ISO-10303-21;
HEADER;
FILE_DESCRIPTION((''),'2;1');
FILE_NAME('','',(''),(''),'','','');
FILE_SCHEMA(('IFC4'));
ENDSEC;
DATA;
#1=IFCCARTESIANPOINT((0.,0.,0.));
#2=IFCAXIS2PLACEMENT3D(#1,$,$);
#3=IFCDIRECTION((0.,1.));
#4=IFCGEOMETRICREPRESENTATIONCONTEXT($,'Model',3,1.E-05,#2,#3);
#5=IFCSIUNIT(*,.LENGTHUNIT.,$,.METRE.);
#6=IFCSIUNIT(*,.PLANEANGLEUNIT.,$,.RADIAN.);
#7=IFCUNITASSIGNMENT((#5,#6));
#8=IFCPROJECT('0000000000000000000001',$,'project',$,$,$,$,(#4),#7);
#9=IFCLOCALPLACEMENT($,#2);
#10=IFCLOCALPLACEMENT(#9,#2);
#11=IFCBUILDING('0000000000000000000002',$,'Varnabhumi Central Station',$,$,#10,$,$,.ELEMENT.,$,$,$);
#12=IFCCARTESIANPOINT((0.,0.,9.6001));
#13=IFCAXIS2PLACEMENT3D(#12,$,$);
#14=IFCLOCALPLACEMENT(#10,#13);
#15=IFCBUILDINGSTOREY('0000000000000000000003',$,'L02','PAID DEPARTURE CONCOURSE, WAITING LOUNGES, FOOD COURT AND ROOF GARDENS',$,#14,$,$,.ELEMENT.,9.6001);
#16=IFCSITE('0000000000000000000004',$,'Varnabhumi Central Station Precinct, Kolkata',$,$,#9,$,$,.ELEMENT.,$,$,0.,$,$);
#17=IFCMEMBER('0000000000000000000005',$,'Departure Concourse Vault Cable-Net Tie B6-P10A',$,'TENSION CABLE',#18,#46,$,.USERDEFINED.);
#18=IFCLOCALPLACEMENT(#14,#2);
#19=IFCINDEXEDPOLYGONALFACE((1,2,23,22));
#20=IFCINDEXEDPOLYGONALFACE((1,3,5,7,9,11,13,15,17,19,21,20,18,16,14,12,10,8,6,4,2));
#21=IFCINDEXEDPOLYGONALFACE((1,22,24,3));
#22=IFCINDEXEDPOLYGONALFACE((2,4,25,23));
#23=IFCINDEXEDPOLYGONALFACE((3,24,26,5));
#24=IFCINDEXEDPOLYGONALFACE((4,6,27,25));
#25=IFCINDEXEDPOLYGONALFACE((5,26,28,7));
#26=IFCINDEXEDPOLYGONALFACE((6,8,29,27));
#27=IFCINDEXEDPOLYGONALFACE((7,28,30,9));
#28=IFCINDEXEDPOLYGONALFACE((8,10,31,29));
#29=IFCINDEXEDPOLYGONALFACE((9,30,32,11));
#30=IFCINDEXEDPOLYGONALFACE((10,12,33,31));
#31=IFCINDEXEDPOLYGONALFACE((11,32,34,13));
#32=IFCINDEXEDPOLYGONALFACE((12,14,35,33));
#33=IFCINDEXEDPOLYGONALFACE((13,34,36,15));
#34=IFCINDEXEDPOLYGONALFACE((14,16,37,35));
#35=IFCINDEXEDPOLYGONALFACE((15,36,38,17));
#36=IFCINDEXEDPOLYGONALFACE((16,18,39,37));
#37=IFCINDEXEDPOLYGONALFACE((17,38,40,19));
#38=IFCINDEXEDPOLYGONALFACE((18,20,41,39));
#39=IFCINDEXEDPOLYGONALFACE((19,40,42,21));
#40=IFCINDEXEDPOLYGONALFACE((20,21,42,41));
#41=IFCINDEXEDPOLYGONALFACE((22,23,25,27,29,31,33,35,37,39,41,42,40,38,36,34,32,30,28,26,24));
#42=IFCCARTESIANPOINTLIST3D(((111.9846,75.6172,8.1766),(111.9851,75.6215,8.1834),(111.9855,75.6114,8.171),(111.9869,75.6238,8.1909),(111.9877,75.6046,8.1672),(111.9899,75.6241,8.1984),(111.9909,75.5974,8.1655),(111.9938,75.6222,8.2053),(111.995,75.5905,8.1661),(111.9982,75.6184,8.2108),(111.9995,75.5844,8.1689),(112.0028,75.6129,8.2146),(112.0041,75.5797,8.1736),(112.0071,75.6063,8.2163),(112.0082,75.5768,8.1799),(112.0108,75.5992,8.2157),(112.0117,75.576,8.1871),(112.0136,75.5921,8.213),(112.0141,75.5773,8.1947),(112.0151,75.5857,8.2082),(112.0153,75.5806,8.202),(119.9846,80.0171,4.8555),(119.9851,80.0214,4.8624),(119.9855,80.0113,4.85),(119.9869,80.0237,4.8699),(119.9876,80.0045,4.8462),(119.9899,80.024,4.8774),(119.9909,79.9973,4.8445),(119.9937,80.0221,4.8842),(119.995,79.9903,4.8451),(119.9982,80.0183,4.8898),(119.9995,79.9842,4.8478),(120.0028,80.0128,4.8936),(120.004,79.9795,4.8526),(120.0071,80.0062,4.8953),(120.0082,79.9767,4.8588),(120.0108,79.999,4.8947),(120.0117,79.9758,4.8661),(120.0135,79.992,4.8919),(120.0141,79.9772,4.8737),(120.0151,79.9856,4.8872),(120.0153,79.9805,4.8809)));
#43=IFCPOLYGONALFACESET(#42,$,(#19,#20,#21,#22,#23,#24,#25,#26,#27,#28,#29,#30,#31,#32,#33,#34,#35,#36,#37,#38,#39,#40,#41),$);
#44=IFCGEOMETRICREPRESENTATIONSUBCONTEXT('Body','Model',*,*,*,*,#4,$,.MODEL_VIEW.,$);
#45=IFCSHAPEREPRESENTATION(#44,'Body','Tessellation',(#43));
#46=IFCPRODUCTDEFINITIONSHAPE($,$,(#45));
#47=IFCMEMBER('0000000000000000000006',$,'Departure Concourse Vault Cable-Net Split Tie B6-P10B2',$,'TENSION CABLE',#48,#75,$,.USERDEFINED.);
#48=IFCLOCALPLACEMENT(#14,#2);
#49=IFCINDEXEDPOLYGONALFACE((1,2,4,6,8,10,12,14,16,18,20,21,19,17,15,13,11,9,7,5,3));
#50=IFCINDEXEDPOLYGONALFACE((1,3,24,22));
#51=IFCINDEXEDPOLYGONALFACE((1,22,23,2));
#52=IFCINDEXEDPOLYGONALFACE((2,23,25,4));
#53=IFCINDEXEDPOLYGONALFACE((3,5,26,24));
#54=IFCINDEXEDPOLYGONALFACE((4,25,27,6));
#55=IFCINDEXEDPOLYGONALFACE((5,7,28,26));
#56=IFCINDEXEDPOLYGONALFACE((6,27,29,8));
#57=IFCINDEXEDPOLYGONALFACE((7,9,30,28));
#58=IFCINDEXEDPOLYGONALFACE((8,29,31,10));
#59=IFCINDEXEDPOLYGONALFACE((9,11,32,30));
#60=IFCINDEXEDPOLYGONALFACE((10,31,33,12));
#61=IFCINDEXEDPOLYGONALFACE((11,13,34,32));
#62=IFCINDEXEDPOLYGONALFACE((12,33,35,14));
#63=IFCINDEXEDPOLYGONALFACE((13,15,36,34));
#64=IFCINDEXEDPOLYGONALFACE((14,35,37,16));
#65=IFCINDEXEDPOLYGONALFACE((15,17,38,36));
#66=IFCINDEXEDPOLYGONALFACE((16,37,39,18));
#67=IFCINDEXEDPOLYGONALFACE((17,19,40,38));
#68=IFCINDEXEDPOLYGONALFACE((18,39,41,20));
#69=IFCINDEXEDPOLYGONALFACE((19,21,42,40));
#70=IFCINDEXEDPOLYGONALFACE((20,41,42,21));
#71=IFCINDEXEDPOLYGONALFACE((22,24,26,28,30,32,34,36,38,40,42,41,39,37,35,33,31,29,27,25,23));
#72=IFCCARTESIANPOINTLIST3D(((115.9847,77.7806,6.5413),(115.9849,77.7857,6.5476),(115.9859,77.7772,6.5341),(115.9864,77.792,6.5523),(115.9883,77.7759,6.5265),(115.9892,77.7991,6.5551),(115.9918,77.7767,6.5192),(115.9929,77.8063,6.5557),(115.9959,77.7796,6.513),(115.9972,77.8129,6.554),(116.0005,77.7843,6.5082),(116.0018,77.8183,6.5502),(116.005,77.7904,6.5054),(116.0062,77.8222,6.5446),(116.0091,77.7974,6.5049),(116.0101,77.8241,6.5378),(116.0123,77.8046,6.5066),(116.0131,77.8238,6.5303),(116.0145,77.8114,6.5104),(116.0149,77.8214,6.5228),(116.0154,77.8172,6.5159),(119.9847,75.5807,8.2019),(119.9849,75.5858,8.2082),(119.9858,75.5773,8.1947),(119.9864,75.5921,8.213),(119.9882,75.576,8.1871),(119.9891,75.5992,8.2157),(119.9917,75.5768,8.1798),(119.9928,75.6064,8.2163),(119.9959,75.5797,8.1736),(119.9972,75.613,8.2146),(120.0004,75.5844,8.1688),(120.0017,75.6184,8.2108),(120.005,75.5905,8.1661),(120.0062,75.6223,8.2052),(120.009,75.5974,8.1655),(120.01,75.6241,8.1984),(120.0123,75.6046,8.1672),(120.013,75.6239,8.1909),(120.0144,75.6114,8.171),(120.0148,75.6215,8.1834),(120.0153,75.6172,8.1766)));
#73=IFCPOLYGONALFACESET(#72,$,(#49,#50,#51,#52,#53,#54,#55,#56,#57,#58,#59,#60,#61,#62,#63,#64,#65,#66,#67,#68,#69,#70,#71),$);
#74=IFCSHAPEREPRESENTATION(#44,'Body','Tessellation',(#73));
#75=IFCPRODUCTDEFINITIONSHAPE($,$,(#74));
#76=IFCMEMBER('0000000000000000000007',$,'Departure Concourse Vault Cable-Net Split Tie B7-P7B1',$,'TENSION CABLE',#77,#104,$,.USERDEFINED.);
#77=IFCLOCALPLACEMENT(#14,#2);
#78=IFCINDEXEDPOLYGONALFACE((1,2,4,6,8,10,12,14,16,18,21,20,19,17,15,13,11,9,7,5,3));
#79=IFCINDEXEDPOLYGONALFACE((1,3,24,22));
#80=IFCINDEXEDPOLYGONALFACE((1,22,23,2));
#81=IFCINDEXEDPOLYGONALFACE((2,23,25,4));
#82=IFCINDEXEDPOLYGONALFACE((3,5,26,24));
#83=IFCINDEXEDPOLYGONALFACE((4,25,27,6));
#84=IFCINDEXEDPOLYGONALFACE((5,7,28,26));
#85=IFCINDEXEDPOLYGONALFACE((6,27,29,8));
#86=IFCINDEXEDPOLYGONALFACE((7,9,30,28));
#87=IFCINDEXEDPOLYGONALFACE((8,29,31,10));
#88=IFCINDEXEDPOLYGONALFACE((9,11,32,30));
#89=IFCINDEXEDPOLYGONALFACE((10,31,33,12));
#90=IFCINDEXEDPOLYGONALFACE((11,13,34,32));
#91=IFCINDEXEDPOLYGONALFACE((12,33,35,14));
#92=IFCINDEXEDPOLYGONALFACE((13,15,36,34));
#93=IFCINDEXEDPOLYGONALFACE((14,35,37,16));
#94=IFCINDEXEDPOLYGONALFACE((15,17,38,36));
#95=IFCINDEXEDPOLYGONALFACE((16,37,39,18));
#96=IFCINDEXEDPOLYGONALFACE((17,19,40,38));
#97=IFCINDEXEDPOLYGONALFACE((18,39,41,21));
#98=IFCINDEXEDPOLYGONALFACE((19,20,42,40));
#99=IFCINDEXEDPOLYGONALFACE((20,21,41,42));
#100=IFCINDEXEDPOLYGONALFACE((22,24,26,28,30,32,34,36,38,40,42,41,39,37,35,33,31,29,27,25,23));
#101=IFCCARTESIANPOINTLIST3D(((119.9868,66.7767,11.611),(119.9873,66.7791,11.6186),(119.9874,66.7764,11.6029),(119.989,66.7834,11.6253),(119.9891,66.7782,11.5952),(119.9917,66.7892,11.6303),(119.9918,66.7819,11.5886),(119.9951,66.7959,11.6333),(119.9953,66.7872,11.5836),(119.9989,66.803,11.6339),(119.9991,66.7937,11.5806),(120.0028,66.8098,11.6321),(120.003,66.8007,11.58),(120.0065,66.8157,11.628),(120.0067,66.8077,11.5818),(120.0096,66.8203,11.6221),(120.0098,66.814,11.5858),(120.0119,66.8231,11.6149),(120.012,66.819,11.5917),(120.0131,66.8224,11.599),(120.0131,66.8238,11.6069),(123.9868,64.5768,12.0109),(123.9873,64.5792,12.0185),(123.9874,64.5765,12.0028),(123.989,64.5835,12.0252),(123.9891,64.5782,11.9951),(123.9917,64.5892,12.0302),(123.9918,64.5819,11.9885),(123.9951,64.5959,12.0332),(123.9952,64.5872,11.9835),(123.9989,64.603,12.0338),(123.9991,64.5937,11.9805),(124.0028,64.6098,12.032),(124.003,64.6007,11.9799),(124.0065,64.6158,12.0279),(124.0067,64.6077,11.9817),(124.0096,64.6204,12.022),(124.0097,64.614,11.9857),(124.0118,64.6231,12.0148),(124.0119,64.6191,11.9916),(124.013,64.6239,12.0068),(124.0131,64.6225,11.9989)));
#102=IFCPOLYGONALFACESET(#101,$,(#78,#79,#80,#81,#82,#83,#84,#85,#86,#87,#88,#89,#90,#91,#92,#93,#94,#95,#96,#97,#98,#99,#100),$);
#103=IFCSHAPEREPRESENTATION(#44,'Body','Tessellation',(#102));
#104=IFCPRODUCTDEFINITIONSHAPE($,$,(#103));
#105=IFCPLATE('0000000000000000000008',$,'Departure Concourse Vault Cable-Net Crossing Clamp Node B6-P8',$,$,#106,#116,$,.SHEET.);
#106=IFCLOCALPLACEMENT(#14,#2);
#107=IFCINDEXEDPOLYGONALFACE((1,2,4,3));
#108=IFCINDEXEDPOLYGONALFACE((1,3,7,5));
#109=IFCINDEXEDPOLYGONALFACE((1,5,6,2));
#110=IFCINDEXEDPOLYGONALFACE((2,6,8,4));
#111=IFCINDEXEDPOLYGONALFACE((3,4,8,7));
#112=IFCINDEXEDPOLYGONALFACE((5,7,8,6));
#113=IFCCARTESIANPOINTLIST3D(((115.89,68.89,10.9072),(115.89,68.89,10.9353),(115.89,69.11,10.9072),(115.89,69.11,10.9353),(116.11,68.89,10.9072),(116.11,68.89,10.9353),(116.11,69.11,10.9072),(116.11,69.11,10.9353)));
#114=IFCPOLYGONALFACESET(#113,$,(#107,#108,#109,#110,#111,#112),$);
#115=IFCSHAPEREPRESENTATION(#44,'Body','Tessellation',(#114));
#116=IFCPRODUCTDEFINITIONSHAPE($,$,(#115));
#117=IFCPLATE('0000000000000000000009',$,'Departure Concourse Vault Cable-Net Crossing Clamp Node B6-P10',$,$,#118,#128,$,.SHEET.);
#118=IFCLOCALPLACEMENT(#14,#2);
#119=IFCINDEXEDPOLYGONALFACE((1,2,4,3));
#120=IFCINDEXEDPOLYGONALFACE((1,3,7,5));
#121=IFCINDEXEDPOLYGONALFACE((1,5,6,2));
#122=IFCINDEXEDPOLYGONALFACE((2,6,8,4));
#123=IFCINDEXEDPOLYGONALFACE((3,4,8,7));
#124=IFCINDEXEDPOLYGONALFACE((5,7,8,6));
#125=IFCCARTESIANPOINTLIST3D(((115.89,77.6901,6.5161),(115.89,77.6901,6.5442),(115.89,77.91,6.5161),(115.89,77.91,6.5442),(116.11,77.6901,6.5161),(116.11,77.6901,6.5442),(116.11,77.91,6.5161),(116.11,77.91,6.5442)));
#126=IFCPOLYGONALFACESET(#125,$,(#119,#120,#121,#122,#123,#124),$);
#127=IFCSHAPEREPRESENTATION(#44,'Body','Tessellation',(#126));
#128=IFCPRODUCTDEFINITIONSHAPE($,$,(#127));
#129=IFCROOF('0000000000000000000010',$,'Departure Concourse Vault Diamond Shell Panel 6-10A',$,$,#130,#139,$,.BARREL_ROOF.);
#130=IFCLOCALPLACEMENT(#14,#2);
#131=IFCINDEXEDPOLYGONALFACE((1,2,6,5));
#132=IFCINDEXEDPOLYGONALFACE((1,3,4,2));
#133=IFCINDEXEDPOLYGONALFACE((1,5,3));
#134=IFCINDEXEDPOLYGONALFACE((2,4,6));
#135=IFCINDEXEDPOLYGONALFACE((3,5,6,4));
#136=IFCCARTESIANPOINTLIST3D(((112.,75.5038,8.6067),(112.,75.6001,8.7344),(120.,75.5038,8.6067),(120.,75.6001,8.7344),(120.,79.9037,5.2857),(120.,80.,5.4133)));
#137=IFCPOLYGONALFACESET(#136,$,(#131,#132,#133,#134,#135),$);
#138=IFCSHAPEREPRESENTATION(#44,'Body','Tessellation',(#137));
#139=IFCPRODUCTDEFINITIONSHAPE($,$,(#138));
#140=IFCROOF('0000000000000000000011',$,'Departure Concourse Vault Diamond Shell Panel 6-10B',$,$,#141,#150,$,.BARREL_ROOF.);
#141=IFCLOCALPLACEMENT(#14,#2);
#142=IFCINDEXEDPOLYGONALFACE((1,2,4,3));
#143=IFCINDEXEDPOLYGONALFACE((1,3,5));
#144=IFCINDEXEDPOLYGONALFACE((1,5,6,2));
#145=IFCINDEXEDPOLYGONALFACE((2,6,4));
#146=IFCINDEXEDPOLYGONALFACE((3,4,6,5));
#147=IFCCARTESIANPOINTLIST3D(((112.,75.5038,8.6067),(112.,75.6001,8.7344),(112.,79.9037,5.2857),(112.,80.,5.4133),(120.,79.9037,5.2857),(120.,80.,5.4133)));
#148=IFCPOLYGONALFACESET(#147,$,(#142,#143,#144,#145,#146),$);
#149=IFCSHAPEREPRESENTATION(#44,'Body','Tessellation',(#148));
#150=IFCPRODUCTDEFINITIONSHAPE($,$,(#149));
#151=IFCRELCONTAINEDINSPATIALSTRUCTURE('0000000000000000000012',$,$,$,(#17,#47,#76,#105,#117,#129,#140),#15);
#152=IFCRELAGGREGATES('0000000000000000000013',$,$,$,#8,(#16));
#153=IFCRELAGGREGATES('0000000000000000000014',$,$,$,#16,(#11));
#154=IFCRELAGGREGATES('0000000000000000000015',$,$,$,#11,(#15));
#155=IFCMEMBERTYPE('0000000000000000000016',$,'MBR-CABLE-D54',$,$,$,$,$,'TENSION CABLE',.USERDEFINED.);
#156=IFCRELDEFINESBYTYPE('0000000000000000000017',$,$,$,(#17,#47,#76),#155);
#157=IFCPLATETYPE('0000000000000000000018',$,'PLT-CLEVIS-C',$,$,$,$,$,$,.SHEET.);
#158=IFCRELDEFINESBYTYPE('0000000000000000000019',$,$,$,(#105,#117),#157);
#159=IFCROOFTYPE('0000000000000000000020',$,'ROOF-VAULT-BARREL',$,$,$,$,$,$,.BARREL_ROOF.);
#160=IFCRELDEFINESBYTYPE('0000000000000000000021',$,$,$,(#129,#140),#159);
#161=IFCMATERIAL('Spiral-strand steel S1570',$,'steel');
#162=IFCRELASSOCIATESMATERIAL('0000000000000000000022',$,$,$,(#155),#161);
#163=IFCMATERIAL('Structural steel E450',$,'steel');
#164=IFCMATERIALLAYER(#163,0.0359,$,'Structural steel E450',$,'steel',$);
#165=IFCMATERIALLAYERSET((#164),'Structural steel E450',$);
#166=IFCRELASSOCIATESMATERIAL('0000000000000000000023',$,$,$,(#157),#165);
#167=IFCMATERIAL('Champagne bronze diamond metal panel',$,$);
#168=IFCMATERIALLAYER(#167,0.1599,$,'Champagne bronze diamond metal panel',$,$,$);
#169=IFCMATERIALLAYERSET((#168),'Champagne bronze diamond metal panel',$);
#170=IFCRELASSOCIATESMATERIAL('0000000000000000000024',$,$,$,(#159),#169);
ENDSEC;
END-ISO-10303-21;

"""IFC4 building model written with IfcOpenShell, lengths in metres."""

from ifc_helpers import new_model, si_unit, direction, frame, origin, origin_2d, place, context, subcontext, project, spatial, polyline, rectangle, circle, outline, extrude, material, layer, layer_set, material_profile, profile_set, type_object, element, save


model = new_model("IFC4")

# Units and contexts
model_context = context("Model", 3, precision=1e-05, world=origin(), true_north=direction((0.0, 1.0)))
body_context = subcontext(model_context, "Body", "Model", "MODEL_VIEW")
ifc_project = project(units=[si_unit("LENGTHUNIT", "METRE"), si_unit("PLANEANGLEUNIT", "RADIAN")], contexts=[model_context])

# Site, building, storey
site_placement = place(None, origin())
site = spatial("IfcSite", under=ifc_project, at=site_placement, Name="Varnabhumi Central Station Precinct, Kolkata", CompositionType="ELEMENT", RefElevation=0.0)
building_placement = place(site_placement, origin())
building = spatial("IfcBuilding", under=site, at=building_placement, Name="Varnabhumi Central Station", CompositionType="ELEMENT")
storey_placement = place(building_placement, frame((0.0, 0.0, 9.6001)))
storey = spatial("IfcBuildingStorey", under=building, at=storey_placement, Name="L02", Description="PAID DEPARTURE CONCOURSE, WAITING LOUNGES, FOOD COURT AND ROOF GARDENS", CompositionType="ELEMENT", Elevation=9.6001)

# Members
ifc_material_1 = material(Name="Spiral-strand steel S1570", Category="steel")
ifc_material_profile_1 = material_profile(ifc_material_1, circle(Radius=0.0271, at=origin_2d()), Name="Spiral-strand steel S1570", Category="steel")
ifc_profile_set_1 = profile_set([ifc_material_profile_1], Name="Spiral-strand steel S1570")
member_type_1 = type_object("IfcMemberType", Name="MBR-CABLE-D54", ElementType="TENSION CABLE", PredefinedType="USERDEFINED", material=ifc_profile_set_1)
member_1_placement = place(storey_placement, frame((112.0, 75.6001, 8.1909), z_axis=(0.823437, 0.45288, -0.341834), x_axis=(-0.481911, 0.87622, 0.0)))
element("IfcMember", 1, at=member_1_placement, inside=storey, type_object=member_type_1, Name="Departure Concourse Vault Cable-Net Tie B6-P10A", ObjectType="TENSION CABLE", PredefinedType="USERDEFINED", context=body_context, shape_type="SweptSolid", body=[
    extrude(circle(Radius=0.0271, at=origin_2d()), origin(), (0.0, 0.0, 1.0), 9.7153),
])
member_2_placement = place(storey_placement, frame((116.0, 77.8, 6.5303), z_axis=(0.82343, -0.452877, 0.341856), x_axis=(0.481911, 0.87622, 0.0)))
element("IfcMember", 2, at=member_2_placement, inside=storey, type_object=member_type_1, Name="Departure Concourse Vault Cable-Net Split Tie B6-P10B2", ObjectType="TENSION CABLE", PredefinedType="USERDEFINED", context=body_context, shape_type="SweptSolid", body=[
    extrude(circle(Radius=0.0271, at=origin_2d()), origin(), (0.0, 0.0, 1.0), 4.8577),
])
member_3_placement = place(storey_placement, frame((120.0, 66.8, 11.6069), z_axis=(0.872878, -0.480072, 0.087266), x_axis=(0.481911, 0.87622, 0.0)))
element("IfcMember", 3, at=member_3_placement, inside=storey, type_object=member_type_1, Name="Departure Concourse Vault Cable-Net Split Tie B7-P7B1", ObjectType="TENSION CABLE", PredefinedType="USERDEFINED", context=body_context, shape_type="SweptSolid", body=[
    extrude(circle(Radius=0.0271, at=origin_2d()), origin(), (0.0, 0.0, 1.0), 4.5825),
])

# Plates
ifc_material_2 = material(Name="Structural steel E450", Category="steel")
ifc_layer_1 = layer(ifc_material_2, 0.0359, Name="Structural steel E450", Category="steel")
ifc_layer_set_1 = layer_set([ifc_layer_1], Name="Structural steel E450")
plate_type = type_object("IfcPlateType", Name="PLT-CLEVIS-C", PredefinedType="SHEET", material=ifc_layer_set_1)
for number, where, z_axis, x_axis, name in (
    (4, (116.0, 69.0, 10.9072), (0.0, 0.0, 1.0), (1.0, 0.0, 0.0), "Departure Concourse Vault Cable-Net Crossing Clamp Node B6-P8"),
    (5, (116.0, 77.8, 6.5161), (0.0, 0.0, 1.0), (1.0, 0.0, 0.0), "Departure Concourse Vault Cable-Net Crossing Clamp Node B6-P10"),
):
    element("IfcPlate", number, at=place(storey_placement, frame(where, z_axis=z_axis, x_axis=x_axis)), inside=storey, type_object=plate_type, Name=name, PredefinedType="SHEET", context=body_context, shape_type="SweptSolid", body=[
        extrude(rectangle(XDim=0.22, YDim=0.22, at=origin_2d()), origin(), (0.0, 0.0, 1.0), 0.0281),
    ])

# Roofs
ifc_material_3 = material(Name="Champagne bronze diamond metal panel")
ifc_layer_2 = layer(ifc_material_3, 0.1599, Name="Champagne bronze diamond metal panel")
ifc_layer_set_2 = layer_set([ifc_layer_2], Name="Champagne bronze diamond metal panel")
roof_type = type_object("IfcRoofType", Name="ROOF-VAULT-BARREL", PredefinedType="BARREL_ROOF", material=ifc_layer_set_2)
roof_1_placement = place(storey_placement, frame((112.0, 75.6001, 8.7344), z_axis=(0.0, 0.602449, 0.798157), x_axis=(1.0, 0.0, 0.0)))
element("IfcRoof", 6, at=roof_1_placement, inside=storey, type_object=roof_type, Name="Departure Concourse Vault Diamond Shell Panel 6-10A", PredefinedType="BARREL_ROOF", context=body_context, shape_type="SweptSolid", body=[
    extrude(outline(polyline([(0.0, 0.0), (8.0, 0.0), (8.0, 5.5126), (0.0, 0.0)])), origin(), (0.0, 0.0, -1.0), 0.1599),
])
roof_2_placement = place(storey_placement, frame((112.0, 75.6001, 8.7344), z_axis=(0.0, 0.602449, 0.798157), x_axis=(0.823437, 0.45288, -0.341834)))
element("IfcRoof", 7, at=roof_2_placement, inside=storey, type_object=roof_type, Name="Departure Concourse Vault Diamond Shell Panel 6-10B", PredefinedType="BARREL_ROOF", context=body_context, shape_type="SweptSolid", body=[
    extrude(outline(polyline([(0.0, 0.0), (9.7154, 0.0), (3.1279, 4.5393), (0.0, 0.0)])), origin(), (0.0, 0.0, -1.0), 0.1599),
])

save(model, "model.ifc")
